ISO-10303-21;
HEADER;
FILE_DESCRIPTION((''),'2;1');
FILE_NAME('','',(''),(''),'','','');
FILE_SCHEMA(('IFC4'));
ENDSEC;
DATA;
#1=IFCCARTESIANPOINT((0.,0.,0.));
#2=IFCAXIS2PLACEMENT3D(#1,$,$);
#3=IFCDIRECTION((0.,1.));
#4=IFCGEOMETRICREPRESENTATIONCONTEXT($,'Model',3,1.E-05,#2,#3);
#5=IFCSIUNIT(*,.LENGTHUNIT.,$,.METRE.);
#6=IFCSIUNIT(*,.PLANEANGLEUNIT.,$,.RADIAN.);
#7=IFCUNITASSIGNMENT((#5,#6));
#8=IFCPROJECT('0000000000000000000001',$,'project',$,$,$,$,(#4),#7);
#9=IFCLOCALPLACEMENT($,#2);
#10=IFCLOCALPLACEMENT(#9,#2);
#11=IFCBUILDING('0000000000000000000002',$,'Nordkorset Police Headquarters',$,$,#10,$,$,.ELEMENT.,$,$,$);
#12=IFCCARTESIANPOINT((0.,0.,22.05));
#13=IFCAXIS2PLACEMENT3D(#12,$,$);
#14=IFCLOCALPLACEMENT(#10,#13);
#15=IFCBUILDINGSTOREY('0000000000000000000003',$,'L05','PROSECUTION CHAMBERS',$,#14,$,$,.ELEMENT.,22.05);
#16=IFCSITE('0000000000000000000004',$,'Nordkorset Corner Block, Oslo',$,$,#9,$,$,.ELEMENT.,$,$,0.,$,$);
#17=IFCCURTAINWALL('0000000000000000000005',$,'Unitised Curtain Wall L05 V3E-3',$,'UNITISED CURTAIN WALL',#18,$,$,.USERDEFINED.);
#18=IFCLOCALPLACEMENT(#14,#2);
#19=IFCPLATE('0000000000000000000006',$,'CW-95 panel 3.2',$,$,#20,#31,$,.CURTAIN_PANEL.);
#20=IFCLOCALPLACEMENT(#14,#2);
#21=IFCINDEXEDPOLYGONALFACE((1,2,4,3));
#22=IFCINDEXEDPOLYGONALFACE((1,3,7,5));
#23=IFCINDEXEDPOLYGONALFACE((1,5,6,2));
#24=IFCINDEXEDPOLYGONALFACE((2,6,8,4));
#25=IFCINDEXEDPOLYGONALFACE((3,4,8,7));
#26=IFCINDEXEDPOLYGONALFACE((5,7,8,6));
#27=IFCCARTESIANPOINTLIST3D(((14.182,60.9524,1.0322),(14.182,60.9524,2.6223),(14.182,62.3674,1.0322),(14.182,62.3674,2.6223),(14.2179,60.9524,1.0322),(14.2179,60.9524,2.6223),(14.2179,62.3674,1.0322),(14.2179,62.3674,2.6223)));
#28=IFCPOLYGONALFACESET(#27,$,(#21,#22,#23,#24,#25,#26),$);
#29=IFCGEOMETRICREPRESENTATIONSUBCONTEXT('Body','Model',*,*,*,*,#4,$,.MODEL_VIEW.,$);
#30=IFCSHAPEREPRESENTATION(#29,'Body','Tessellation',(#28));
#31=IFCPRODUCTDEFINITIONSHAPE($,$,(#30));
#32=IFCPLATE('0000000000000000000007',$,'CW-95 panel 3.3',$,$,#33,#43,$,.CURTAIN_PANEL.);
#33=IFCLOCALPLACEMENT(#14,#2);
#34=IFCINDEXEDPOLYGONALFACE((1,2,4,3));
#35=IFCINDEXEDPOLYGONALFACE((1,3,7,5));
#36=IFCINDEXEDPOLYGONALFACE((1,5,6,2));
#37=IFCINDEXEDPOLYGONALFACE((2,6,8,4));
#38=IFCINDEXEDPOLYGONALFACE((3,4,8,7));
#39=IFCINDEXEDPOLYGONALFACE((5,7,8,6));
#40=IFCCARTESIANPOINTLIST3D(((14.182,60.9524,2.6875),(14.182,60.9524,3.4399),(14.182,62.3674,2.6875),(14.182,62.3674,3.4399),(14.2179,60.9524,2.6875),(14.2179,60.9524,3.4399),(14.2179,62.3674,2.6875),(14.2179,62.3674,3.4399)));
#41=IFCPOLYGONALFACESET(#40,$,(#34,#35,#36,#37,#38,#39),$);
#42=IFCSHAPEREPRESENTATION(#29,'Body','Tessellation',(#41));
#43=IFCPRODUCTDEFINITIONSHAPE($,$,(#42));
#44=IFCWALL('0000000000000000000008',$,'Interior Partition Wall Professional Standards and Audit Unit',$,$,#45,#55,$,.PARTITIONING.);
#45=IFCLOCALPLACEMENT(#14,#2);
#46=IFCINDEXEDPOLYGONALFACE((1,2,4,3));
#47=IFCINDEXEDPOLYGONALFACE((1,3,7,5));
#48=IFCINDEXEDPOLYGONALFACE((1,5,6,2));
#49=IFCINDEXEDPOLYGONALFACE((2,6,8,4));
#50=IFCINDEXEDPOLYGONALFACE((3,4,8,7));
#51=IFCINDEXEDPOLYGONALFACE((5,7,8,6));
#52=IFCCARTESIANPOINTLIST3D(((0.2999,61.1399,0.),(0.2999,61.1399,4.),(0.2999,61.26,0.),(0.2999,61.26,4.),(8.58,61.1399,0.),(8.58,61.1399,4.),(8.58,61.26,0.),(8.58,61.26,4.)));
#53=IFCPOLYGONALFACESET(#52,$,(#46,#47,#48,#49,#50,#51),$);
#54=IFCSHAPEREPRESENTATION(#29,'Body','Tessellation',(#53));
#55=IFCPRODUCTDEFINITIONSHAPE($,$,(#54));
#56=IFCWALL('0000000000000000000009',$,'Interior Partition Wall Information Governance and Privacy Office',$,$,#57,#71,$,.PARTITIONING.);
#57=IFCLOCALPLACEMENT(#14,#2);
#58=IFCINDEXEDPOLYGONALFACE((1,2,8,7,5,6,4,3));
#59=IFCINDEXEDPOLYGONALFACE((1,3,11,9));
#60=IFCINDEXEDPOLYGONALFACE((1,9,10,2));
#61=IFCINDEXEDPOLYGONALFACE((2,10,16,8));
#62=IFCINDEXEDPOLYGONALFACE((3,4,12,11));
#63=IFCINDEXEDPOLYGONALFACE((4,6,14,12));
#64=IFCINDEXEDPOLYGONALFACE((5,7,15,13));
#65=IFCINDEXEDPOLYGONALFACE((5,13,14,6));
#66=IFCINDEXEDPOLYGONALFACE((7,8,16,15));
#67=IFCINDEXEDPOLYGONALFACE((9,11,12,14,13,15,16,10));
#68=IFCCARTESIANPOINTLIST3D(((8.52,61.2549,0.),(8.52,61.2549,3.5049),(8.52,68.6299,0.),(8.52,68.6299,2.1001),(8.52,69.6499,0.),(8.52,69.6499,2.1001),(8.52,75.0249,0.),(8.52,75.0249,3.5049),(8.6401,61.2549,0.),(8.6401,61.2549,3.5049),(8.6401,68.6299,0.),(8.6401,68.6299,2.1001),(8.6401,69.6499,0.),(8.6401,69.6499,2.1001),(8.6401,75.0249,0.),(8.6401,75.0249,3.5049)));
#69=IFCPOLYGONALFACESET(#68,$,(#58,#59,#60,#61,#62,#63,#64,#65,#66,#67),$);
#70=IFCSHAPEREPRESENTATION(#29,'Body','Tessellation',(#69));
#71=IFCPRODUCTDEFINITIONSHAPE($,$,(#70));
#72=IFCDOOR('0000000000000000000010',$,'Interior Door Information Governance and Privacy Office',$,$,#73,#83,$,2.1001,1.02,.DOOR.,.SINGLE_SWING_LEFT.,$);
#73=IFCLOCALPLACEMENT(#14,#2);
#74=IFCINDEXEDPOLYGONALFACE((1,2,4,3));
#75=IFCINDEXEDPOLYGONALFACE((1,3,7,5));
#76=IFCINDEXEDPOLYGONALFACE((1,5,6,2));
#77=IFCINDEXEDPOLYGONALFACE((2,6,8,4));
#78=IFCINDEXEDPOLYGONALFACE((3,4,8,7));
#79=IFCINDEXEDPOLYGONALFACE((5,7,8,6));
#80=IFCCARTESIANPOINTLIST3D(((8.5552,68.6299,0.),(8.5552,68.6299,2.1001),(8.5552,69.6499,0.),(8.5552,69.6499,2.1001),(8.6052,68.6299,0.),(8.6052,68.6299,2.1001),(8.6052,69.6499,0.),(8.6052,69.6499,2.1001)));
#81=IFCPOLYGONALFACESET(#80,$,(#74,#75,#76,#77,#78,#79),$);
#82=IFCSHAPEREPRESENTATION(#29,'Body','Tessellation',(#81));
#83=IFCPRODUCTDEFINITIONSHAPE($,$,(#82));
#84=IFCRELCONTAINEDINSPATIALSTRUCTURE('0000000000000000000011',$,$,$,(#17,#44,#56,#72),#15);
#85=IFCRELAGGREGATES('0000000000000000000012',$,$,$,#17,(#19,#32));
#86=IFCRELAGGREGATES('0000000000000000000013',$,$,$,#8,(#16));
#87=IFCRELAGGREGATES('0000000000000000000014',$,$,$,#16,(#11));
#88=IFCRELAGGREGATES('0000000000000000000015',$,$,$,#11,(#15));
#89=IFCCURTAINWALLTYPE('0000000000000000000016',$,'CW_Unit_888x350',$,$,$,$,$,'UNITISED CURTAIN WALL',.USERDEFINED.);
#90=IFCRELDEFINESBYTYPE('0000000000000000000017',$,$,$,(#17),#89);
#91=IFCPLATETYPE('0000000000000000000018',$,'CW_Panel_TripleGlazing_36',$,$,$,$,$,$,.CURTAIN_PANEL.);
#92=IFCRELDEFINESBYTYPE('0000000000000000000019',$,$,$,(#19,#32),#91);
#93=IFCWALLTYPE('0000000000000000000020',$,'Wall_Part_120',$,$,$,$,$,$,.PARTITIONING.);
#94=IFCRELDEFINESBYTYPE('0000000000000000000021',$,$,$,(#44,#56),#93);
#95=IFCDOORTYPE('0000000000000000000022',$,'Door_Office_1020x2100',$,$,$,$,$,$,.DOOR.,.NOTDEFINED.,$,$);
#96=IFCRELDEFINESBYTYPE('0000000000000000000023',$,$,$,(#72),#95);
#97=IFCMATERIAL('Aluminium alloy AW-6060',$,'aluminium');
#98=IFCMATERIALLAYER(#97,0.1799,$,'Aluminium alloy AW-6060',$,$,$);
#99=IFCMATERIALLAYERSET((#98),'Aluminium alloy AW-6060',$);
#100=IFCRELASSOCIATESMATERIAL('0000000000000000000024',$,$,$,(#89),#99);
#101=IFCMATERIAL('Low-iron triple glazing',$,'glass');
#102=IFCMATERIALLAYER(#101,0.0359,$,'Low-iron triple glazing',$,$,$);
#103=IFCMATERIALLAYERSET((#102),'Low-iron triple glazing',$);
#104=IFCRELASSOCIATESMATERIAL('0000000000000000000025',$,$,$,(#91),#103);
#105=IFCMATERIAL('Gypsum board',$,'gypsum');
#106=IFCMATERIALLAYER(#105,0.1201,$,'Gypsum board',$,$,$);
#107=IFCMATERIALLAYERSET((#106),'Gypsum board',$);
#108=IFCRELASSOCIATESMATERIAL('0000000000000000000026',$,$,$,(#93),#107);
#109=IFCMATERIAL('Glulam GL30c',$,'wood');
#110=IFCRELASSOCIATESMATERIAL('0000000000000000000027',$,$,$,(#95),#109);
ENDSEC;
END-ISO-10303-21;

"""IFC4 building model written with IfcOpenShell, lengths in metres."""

from ifc_helpers import new_model, si_unit, direction, frame, frame_2d, origin, origin_2d, place, context, subcontext, project, spatial, rectangle, extrude, material, layer, layer_set, type_object, element, fill, aggregate, save


model = new_model("IFC4")

# Units and contexts
model_context = context("Model", 3, precision=1e-05, world=origin(), true_north=direction((0.0, 1.0)))
body_context = subcontext(model_context, "Body", "Model", "MODEL_VIEW")
ifc_project = project(units=[si_unit("LENGTHUNIT", "METRE"), si_unit("PLANEANGLEUNIT", "RADIAN")], contexts=[model_context])

# Site, building, storey
site_placement = place(None, origin())
site = spatial("IfcSite", under=ifc_project, at=site_placement, Name="Nordkorset Corner Block, Oslo", CompositionType="ELEMENT", RefElevation=0.0)
building_placement = place(site_placement, origin())
building = spatial("IfcBuilding", under=site, at=building_placement, Name="Nordkorset Police Headquarters", CompositionType="ELEMENT")
storey_placement = place(building_placement, frame((0.0, 0.0, 22.05)))
storey = spatial("IfcBuildingStorey", under=building, at=storey_placement, Name="L05", Description="PROSECUTION CHAMBERS", CompositionType="ELEMENT", Elevation=22.05)

# Curtain wall
ifc_material_1 = material(Name="Aluminium alloy AW-6060", Category="aluminium")
ifc_layer_1 = layer(ifc_material_1, 0.1799, Name="Aluminium alloy AW-6060")
ifc_layer_set_1 = layer_set([ifc_layer_1], Name="Aluminium alloy AW-6060")
curtain_wall_type = type_object("IfcCurtainWallType", Name="CW_Unit_888x350", ElementType="UNITISED CURTAIN WALL", PredefinedType="USERDEFINED", material=ifc_layer_set_1)
curtain_wall_placement = place(storey_placement, origin())
curtain_wall = element("IfcCurtainWall", 1, at=curtain_wall_placement, inside=storey, type_object=curtain_wall_type, Name="Unitised Curtain Wall L05 V3E-3", ObjectType="UNITISED CURTAIN WALL", PredefinedType="USERDEFINED")

# Plates
ifc_material_2 = material(Name="Low-iron triple glazing", Category="glass")
ifc_layer_2 = layer(ifc_material_2, 0.0359, Name="Low-iron triple glazing")
ifc_layer_set_2 = layer_set([ifc_layer_2], Name="Low-iron triple glazing")
plate_type = type_object("IfcPlateType", Name="CW_Panel_TripleGlazing_36", PredefinedType="CURTAIN_PANEL", material=ifc_layer_set_2)
plate_1_placement = place(storey_placement, frame((14.2, 61.6599, 1.0322), z_axis=(0.0, 0.0, 1.0), x_axis=(0.0, 1.0, 0.0)))
plate_1 = element("IfcPlate", 2, at=plate_1_placement, type_object=plate_type, Name="CW-95 panel 3.2", PredefinedType="CURTAIN_PANEL", context=body_context, shape_type="SweptSolid", body=[
    extrude(rectangle(XDim=1.415, YDim=0.0359, at=origin_2d()), origin(), (0.0, 0.0, 1.0), 1.5901),
])
plate_2_placement = place(storey_placement, frame((14.2, 61.6599, 2.6875), z_axis=(0.0, 0.0, 1.0), x_axis=(0.0, 1.0, 0.0)))
plate_2 = element("IfcPlate", 3, at=plate_2_placement, type_object=plate_type, Name="CW-95 panel 3.3", PredefinedType="CURTAIN_PANEL", context=body_context, shape_type="SweptSolid", body=[
    extrude(rectangle(XDim=1.415, YDim=0.0359, at=origin_2d()), origin(), (0.0, 0.0, 1.0), 0.7524),
])
aggregate(curtain_wall, [plate_1, plate_2])

# Wall
ifc_material_3 = material(Name="Gypsum board", Category="gypsum")
ifc_layer_3 = layer(ifc_material_3, 0.1201, Name="Gypsum board")
ifc_layer_set_3 = layer_set([ifc_layer_3], Name="Gypsum board")
wall_type = type_object("IfcWallType", Name="Wall_Part_120", PredefinedType="PARTITIONING", material=ifc_layer_set_3)
wall_1_placement = place(storey_placement, frame((8.5801, 61.2, 0.0), z_axis=(0.0, 0.0, 1.0), x_axis=(-1.0, 0.0, 0.0)))
element("IfcWall", 4, at=wall_1_placement, inside=storey, type_object=wall_type, Name="Interior Partition Wall Professional Standards and Audit Unit", PredefinedType="PARTITIONING", context=body_context, shape_type="SweptSolid", body=[
    extrude(rectangle(XDim=8.28, YDim=0.1201, at=frame_2d((4.1401, 0.0))), origin(), (0.0, 0.0, 1.0), 4.0),
])

# Wall, opening, door
wall_2_placement = place(storey_placement, frame((8.5801, 61.2549, 0.0), z_axis=(0.0, 0.0, 1.0), x_axis=(0.0, 1.0, 0.0)))
wall_2 = element("IfcWall", 5, at=wall_2_placement, inside=storey, type_object=wall_type, Name="Interior Partition Wall Information Governance and Privacy Office", PredefinedType="PARTITIONING", context=body_context, shape_type="SweptSolid", body=[
    extrude(rectangle(XDim=13.77, YDim=0.1201, at=frame_2d((6.885, 0.0))), origin(), (0.0, 0.0, 1.0), 3.5049),
])
opening_placement = place(wall_2_placement, frame((7.375, 0.0, 0.0)))
opening = element("IfcOpeningElement", 6, at=opening_placement, cuts=wall_2, PredefinedType="OPENING", context=body_context, shape_type="SweptSolid", body=[
    extrude(rectangle(XDim=1.02, YDim=2.1001, at=frame_2d((0.51, 1.05))), frame((0.0, 0.0701, 0.0), z_axis=(0.0, -1.0, 0.0), x_axis=(1.0, 0.0, 0.0)), (0.0, 0.0, 1.0), 0.1401),
])
ifc_material_4 = material(Name="Glulam GL30c", Category="wood")
door_type = type_object("IfcDoorType", Name="Door_Office_1020x2100", OperationType="NOTDEFINED", PredefinedType="DOOR", material=ifc_material_4)
door_placement = place(opening_placement, origin())
door = element("IfcDoor", 7, at=door_placement, inside=storey, type_object=door_type, Name="Interior Door Information Governance and Privacy Office", OperationType="SINGLE_SWING_LEFT", OverallHeight=2.1001, OverallWidth=1.02, PredefinedType="DOOR", context=body_context, shape_type="SweptSolid", body=[
    extrude(rectangle(XDim=1.02, YDim=2.1001, at=frame_2d((0.51, 1.05))), frame((0.0, 0.0249, 0.0), z_axis=(0.0, -1.0, 0.0), x_axis=(1.0, 0.0, 0.0)), (0.0, 0.0, 1.0), 0.05),
])
fill(opening, door)

save(model, "model.ifc")
